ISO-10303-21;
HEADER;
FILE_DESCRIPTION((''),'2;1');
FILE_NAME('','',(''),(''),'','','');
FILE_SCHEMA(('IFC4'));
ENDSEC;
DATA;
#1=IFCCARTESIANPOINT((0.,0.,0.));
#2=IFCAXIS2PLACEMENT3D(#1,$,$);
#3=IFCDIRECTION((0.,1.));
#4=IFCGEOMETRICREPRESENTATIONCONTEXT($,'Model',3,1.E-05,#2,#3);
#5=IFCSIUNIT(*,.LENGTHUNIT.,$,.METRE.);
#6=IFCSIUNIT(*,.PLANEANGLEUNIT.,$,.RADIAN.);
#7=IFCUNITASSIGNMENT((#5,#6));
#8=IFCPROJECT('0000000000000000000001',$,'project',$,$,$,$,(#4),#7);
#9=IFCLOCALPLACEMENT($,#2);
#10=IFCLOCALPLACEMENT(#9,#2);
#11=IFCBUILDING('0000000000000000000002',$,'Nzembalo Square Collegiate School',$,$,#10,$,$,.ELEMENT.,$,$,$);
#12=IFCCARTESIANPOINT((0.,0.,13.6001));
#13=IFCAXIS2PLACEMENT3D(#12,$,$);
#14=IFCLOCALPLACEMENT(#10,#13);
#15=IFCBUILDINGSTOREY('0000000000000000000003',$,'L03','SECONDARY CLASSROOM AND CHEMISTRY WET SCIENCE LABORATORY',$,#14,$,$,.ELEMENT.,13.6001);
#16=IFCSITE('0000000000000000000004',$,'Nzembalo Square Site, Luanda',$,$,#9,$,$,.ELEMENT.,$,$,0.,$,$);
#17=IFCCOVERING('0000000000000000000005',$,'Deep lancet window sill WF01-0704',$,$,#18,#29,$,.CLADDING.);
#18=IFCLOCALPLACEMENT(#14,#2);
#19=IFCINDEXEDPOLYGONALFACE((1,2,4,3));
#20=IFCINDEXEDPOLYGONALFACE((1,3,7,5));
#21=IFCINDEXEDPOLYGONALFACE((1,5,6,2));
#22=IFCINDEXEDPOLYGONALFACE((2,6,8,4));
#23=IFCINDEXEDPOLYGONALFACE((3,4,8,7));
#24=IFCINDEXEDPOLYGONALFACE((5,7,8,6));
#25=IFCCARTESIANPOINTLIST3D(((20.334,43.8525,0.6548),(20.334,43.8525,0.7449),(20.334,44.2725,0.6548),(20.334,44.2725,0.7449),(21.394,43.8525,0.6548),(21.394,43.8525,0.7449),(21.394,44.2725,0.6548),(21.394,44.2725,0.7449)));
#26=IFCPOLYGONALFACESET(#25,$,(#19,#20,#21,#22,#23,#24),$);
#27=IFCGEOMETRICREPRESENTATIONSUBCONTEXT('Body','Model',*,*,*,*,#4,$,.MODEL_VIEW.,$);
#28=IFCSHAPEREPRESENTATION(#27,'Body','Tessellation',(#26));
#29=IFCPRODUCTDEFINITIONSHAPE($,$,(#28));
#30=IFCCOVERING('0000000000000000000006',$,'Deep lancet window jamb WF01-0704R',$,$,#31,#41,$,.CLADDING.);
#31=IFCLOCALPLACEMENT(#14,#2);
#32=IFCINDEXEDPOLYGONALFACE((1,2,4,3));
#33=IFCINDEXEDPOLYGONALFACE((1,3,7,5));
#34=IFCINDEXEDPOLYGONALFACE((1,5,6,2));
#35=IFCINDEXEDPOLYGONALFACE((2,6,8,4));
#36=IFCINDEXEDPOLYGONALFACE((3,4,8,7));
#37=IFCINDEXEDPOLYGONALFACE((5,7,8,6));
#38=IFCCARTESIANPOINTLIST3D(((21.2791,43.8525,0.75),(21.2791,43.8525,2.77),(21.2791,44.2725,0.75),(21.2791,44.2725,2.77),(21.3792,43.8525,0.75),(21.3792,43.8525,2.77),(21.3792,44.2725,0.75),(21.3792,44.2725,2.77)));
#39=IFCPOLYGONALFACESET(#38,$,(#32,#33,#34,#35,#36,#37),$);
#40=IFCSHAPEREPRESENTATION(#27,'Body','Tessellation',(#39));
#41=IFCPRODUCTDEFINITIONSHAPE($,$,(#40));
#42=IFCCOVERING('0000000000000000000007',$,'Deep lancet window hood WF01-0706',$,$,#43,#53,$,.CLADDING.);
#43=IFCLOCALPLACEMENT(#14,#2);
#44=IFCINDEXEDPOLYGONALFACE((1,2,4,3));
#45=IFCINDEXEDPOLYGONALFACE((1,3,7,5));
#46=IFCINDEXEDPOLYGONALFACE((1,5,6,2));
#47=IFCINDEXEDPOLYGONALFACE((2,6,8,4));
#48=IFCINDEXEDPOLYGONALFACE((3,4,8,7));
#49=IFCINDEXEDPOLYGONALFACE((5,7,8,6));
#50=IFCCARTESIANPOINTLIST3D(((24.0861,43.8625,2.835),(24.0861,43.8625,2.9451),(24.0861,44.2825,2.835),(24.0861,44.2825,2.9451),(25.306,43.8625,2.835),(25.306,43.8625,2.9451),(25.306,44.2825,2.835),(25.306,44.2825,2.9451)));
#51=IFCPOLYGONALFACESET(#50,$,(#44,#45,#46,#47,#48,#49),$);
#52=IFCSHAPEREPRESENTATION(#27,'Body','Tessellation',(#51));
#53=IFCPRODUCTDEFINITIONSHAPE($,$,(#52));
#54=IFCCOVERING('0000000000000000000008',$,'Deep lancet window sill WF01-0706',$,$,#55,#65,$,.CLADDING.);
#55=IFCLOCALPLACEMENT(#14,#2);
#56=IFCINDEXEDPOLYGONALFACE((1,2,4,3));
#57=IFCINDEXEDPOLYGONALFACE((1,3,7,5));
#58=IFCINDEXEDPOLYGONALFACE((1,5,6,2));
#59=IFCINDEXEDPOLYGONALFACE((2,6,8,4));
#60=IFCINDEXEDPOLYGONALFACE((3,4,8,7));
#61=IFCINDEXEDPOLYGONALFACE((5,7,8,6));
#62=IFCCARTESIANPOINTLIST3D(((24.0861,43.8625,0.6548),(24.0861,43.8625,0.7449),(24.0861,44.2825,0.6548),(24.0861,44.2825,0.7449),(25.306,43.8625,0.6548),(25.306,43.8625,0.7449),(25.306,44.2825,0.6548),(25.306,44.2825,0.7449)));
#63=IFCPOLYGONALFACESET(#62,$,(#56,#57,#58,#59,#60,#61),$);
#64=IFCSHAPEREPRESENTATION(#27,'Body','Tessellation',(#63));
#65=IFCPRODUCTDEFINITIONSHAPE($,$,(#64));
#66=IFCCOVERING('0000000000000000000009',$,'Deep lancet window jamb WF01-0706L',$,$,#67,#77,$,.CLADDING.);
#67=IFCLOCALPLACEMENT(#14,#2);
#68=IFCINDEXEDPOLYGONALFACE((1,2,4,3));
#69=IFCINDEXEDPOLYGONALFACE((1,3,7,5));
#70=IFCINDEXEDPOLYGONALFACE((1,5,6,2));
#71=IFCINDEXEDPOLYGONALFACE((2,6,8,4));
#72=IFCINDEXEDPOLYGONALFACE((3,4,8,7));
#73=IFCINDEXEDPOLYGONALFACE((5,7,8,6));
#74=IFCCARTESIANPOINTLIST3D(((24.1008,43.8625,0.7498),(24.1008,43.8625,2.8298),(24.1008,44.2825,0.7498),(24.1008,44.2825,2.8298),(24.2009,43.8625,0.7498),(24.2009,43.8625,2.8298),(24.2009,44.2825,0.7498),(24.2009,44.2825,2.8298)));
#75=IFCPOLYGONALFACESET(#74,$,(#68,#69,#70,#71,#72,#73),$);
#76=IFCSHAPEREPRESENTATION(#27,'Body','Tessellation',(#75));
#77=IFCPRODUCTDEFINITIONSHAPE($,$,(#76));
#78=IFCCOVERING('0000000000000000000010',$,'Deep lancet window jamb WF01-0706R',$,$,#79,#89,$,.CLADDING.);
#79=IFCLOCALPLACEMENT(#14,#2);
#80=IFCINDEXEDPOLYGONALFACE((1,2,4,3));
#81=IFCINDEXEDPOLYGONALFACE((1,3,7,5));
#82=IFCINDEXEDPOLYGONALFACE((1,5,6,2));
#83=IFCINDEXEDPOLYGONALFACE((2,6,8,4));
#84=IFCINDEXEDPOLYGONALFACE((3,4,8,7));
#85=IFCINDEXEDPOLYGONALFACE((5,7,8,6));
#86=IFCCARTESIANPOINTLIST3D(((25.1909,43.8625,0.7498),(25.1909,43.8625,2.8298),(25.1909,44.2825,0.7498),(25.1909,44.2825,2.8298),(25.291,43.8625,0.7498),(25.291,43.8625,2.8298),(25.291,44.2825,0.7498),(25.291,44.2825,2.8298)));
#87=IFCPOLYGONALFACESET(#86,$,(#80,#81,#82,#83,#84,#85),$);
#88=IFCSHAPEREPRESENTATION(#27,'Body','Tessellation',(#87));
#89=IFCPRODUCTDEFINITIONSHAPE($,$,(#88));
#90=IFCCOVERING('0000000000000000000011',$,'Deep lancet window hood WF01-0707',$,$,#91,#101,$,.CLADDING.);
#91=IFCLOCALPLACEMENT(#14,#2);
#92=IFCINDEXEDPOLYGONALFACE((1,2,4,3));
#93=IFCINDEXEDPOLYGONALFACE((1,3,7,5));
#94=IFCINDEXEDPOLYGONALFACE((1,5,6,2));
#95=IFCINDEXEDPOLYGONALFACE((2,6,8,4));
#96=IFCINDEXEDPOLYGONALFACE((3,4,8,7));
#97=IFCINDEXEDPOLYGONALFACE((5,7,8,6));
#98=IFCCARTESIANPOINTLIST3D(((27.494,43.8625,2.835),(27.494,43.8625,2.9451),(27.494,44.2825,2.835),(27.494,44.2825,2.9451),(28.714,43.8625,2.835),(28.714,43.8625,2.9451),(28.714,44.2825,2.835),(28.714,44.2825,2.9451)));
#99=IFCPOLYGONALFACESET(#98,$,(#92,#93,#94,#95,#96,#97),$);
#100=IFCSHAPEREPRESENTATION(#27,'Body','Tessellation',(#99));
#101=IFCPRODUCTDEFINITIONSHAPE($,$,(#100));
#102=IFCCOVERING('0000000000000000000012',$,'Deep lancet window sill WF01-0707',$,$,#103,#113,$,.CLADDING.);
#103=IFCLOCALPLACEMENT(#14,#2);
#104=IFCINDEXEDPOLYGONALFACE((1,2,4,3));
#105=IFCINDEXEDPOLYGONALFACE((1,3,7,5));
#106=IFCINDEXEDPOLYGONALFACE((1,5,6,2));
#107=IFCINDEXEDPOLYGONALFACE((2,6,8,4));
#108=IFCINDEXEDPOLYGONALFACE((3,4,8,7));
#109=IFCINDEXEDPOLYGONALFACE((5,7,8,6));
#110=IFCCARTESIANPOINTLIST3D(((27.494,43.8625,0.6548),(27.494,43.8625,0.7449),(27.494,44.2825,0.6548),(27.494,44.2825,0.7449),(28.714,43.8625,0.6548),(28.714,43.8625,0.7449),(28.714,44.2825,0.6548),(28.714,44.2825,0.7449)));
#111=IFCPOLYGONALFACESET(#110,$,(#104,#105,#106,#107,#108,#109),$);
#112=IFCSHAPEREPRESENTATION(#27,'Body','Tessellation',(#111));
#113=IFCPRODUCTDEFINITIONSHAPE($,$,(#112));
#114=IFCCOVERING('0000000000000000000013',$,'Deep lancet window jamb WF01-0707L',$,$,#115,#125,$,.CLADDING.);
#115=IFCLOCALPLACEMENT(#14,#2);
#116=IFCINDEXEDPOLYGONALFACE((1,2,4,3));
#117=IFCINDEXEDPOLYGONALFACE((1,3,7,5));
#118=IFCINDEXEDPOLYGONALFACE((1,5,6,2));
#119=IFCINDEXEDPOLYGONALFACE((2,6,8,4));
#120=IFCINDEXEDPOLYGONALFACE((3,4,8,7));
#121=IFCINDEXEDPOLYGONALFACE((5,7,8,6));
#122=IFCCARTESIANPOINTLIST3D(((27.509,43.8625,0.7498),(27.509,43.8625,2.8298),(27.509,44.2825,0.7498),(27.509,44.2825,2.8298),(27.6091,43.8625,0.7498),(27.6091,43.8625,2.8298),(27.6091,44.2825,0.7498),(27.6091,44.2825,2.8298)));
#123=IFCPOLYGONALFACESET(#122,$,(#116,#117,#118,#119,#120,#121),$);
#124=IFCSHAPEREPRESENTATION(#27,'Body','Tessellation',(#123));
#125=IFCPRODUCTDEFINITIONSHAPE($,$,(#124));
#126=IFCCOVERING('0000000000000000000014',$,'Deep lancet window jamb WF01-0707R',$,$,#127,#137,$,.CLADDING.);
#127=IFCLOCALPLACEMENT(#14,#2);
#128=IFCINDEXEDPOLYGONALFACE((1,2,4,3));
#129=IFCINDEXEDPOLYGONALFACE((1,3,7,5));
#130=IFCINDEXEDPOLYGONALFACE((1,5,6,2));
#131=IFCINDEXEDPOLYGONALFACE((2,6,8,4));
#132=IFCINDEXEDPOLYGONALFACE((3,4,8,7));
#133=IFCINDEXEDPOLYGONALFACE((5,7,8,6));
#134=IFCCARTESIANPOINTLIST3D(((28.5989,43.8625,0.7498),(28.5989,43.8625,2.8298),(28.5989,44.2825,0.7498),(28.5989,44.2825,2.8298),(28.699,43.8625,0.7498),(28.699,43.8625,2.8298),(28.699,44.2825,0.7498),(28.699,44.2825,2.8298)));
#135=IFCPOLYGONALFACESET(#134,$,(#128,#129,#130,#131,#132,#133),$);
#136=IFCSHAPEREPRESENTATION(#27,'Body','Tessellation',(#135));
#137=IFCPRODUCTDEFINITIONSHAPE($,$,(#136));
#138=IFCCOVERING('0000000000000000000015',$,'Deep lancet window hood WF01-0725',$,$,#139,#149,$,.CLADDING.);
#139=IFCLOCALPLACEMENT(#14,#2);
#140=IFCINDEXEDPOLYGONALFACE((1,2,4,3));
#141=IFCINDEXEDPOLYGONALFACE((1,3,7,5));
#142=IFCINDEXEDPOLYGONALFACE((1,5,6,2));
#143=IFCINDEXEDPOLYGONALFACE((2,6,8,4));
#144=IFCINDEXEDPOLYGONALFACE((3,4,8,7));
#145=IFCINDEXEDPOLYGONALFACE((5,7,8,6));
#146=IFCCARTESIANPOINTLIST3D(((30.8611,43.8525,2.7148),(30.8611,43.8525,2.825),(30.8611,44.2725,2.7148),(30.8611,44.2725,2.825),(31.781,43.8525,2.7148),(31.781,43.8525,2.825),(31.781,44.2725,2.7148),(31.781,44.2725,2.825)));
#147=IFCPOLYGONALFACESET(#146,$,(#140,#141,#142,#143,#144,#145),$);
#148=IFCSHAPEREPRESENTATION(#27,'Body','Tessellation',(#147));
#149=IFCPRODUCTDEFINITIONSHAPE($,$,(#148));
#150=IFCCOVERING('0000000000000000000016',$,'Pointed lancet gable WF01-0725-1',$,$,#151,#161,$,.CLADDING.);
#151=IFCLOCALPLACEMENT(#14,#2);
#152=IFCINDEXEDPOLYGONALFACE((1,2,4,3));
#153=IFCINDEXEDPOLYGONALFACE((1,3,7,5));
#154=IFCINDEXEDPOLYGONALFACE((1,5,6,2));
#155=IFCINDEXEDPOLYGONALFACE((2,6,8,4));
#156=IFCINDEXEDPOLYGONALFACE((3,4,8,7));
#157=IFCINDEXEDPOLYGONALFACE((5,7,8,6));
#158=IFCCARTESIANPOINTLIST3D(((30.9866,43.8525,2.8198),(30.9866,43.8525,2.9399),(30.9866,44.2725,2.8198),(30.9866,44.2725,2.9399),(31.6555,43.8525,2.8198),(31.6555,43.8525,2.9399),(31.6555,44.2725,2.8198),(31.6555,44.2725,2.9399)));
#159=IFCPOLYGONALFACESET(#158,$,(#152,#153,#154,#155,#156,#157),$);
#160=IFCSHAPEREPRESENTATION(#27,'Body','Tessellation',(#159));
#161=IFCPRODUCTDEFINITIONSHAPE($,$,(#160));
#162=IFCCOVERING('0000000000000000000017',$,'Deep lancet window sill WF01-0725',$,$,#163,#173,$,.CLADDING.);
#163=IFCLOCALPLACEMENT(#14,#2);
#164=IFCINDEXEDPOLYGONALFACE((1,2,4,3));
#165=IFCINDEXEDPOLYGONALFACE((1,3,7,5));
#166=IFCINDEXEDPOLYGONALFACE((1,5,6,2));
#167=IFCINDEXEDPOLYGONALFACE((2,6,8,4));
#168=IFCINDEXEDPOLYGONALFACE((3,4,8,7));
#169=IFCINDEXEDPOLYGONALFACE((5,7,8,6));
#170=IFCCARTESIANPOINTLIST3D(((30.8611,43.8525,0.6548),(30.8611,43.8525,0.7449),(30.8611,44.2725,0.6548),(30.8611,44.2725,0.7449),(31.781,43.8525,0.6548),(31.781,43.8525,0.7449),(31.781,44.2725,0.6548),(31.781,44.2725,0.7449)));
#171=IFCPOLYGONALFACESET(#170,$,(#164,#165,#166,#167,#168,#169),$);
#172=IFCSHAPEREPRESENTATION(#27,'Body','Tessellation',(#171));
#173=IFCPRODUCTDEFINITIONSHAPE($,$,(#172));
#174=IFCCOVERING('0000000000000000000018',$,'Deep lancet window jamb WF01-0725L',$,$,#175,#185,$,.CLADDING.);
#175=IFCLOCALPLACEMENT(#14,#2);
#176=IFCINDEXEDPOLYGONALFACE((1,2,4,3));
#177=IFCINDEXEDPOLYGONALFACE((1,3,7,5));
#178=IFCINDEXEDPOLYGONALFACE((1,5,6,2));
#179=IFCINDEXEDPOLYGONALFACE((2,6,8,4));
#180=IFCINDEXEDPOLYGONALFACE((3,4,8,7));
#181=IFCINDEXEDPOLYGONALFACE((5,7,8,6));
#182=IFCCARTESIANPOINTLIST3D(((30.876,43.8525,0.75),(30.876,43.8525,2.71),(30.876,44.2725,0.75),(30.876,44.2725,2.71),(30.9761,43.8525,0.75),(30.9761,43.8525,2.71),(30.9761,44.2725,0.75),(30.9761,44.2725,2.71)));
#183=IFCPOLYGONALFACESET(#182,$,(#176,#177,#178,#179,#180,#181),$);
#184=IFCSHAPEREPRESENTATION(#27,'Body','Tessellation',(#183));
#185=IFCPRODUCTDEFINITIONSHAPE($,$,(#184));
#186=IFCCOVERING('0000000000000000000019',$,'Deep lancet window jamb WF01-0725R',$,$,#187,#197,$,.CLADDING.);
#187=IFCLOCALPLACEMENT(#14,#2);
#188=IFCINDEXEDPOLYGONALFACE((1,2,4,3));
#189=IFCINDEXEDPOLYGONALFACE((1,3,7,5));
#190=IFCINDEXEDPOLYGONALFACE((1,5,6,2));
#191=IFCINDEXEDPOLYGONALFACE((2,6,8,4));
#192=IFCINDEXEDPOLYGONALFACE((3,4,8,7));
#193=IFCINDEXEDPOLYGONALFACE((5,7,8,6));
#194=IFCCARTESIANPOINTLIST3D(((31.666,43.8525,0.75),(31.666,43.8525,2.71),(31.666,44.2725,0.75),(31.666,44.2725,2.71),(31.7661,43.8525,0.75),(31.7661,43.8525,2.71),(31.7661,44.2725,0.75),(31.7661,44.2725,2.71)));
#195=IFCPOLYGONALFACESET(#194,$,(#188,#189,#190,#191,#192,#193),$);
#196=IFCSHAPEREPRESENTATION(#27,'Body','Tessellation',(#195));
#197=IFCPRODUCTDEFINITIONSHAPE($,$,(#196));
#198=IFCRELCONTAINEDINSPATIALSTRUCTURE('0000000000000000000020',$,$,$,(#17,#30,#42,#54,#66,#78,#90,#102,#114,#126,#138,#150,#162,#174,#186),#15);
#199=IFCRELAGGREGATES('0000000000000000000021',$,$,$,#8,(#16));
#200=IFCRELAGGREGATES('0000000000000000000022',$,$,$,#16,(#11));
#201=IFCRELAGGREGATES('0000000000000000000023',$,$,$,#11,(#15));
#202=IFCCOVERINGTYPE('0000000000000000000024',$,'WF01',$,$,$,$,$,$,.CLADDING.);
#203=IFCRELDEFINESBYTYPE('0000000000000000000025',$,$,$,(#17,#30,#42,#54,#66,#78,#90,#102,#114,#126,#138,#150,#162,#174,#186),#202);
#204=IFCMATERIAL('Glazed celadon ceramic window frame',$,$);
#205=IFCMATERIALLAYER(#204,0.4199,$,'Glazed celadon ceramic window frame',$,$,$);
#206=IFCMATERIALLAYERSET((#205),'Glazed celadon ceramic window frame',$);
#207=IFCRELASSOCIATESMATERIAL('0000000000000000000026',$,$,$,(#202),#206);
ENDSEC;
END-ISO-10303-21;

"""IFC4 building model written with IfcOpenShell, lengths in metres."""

from ifc_helpers import new_model, si_unit, direction, frame, origin, origin_2d, place, context, subcontext, project, spatial, rectangle, extrude, material, layer, layer_set, type_object, element, save


model = new_model("IFC4")

# Units and contexts
model_context = context("Model", 3, precision=1e-05, world=origin(), true_north=direction((0.0, 1.0)))
body_context = subcontext(model_context, "Body", "Model", "MODEL_VIEW")
ifc_project = project(units=[si_unit("LENGTHUNIT", "METRE"), si_unit("PLANEANGLEUNIT", "RADIAN")], contexts=[model_context])

# Site, building, storey
site_placement = place(None, origin())
site = spatial("IfcSite", under=ifc_project, at=site_placement, Name="Nzembalo Square Site, Luanda", CompositionType="ELEMENT", RefElevation=0.0)
building_placement = place(site_placement, origin())
building = spatial("IfcBuilding", under=site, at=building_placement, Name="Nzembalo Square Collegiate School", CompositionType="ELEMENT")
storey_placement = place(building_placement, frame((0.0, 0.0, 13.6001)))
storey = spatial("IfcBuildingStorey", under=building, at=storey_placement, Name="L03", Description="SECONDARY CLASSROOM AND CHEMISTRY WET SCIENCE LABORATORY", CompositionType="ELEMENT", Elevation=13.6001)

# Coverings
ifc_material = material(Name="Glazed celadon ceramic window frame")
ifc_layer = layer(ifc_material, 0.4199, Name="Glazed celadon ceramic window frame")
ifc_layer_set = layer_set([ifc_layer], Name="Glazed celadon ceramic window frame")
covering_type = type_object("IfcCoveringType", Name="WF01", PredefinedType="CLADDING", material=ifc_layer_set)
covering_1_placement = place(storey_placement, frame((20.864, 44.0625, 0.6548), z_axis=(0.0, 0.0, 1.0), x_axis=(1.0, 0.0, 0.0)))
element("IfcCovering", 1, at=covering_1_placement, inside=storey, type_object=covering_type, Name="Deep lancet window sill WF01-0704", PredefinedType="CLADDING", context=body_context, shape_type="SweptSolid", body=[
    extrude(rectangle(XDim=1.0601, YDim=0.4199, at=origin_2d()), origin(), (0.0, 0.0, 1.0), 0.0901),
])
covering_2_placement = place(storey_placement, frame((21.3291, 44.0625, 0.75), z_axis=(0.0, 0.0, 1.0), x_axis=(1.0, 0.0, 0.0)))
element("IfcCovering", 2, at=covering_2_placement, inside=storey, type_object=covering_type, Name="Deep lancet window jamb WF01-0704R", PredefinedType="CLADDING", context=body_context, shape_type="SweptSolid", body=[
    extrude(rectangle(XDim=0.1001, YDim=0.4199, at=origin_2d()), origin(), (0.0, 0.0, 1.0), 2.02),
])
covering_3_placement = place(storey_placement, frame((24.696, 44.0725, 2.835), z_axis=(0.0, 0.0, 1.0), x_axis=(1.0, 0.0, 0.0)))
element("IfcCovering", 3, at=covering_3_placement, inside=storey, type_object=covering_type, Name="Deep lancet window hood WF01-0706", PredefinedType="CLADDING", context=body_context, shape_type="SweptSolid", body=[
    extrude(rectangle(XDim=1.22, YDim=0.4199, at=origin_2d()), origin(), (0.0, 0.0, 1.0), 0.1101),
])
covering_4_placement = place(storey_placement, frame((24.696, 44.0725, 0.6548), z_axis=(0.0, 0.0, 1.0), x_axis=(1.0, 0.0, 0.0)))
element("IfcCovering", 4, at=covering_4_placement, inside=storey, type_object=covering_type, Name="Deep lancet window sill WF01-0706", PredefinedType="CLADDING", context=body_context, shape_type="SweptSolid", body=[
    extrude(rectangle(XDim=1.22, YDim=0.4199, at=origin_2d()), origin(), (0.0, 0.0, 1.0), 0.0901),
])
for number, where, z_axis, x_axis, name in (
    (5, (24.1509, 44.0725, 0.7498), (0.0, 0.0, 1.0), (1.0, 0.0, 0.0), "Deep lancet window jamb WF01-0706L"),
    (6, (25.241, 44.0725, 0.7498), (0.0, 0.0, 1.0), (1.0, 0.0, 0.0), "Deep lancet window jamb WF01-0706R"),
):
    element("IfcCovering", number, at=place(storey_placement, frame(where, z_axis=z_axis, x_axis=x_axis)), inside=storey, type_object=covering_type, Name=name, PredefinedType="CLADDING", context=body_context, shape_type="SweptSolid", body=[
        extrude(rectangle(XDim=0.1001, YDim=0.4199, at=origin_2d()), origin(), (0.0, 0.0, 1.0), 2.0801),
    ])
covering_5_placement = place(storey_placement, frame((28.104, 44.0725, 2.835), z_axis=(0.0, 0.0, 1.0), x_axis=(1.0, 0.0, 0.0)))
element("IfcCovering", 7, at=covering_5_placement, inside=storey, type_object=covering_type, Name="Deep lancet window hood WF01-0707", PredefinedType="CLADDING", context=body_context, shape_type="SweptSolid", body=[
    extrude(rectangle(XDim=1.22, YDim=0.4199, at=origin_2d()), origin(), (0.0, 0.0, 1.0), 0.1101),
])
covering_6_placement = place(storey_placement, frame((28.104, 44.0725, 0.6548), z_axis=(0.0, 0.0, 1.0), x_axis=(1.0, 0.0, 0.0)))
element("IfcCovering", 8, at=covering_6_placement, inside=storey, type_object=covering_type, Name="Deep lancet window sill WF01-0707", PredefinedType="CLADDING", context=body_context, shape_type="SweptSolid", body=[
    extrude(rectangle(XDim=1.22, YDim=0.4199, at=origin_2d()), origin(), (0.0, 0.0, 1.0), 0.0901),
])
for number, where, z_axis, x_axis, name in (
    (9, (27.5591, 44.0725, 0.7498), (0.0, 0.0, 1.0), (1.0, 0.0, 0.0), "Deep lancet window jamb WF01-0707L"),
    (10, (28.6489, 44.0725, 0.7498), (0.0, 0.0, 1.0), (1.0, 0.0, 0.0), "Deep lancet window jamb WF01-0707R"),
):
    element("IfcCovering", number, at=place(storey_placement, frame(where, z_axis=z_axis, x_axis=x_axis)), inside=storey, type_object=covering_type, Name=name, PredefinedType="CLADDING", context=body_context, shape_type="SweptSolid", body=[
        extrude(rectangle(XDim=0.1001, YDim=0.4199, at=origin_2d()), origin(), (0.0, 0.0, 1.0), 2.0801),
    ])
covering_7_placement = place(storey_placement, frame((31.321, 44.0625, 2.7148), z_axis=(0.0, 0.0, 1.0), x_axis=(1.0, 0.0, 0.0)))
element("IfcCovering", 11, at=covering_7_placement, inside=storey, type_object=covering_type, Name="Deep lancet window hood WF01-0725", PredefinedType="CLADDING", context=body_context, shape_type="SweptSolid", body=[
    extrude(rectangle(XDim=0.9199, YDim=0.4199, at=origin_2d()), origin(), (0.0, 0.0, 1.0), 0.1101),
])
covering_8_placement = place(storey_placement, frame((31.321, 44.0625, 2.8198), z_axis=(0.0, 0.0, 1.0), x_axis=(1.0, 0.0, 0.0)))
element("IfcCovering", 12, at=covering_8_placement, inside=storey, type_object=covering_type, Name="Pointed lancet gable WF01-0725-1", PredefinedType="CLADDING", context=body_context, shape_type="SweptSolid", body=[
    extrude(rectangle(XDim=0.6689, YDim=0.4199, at=origin_2d()), origin(), (0.0, 0.0, 1.0), 0.1201),
])
covering_9_placement = place(storey_placement, frame((31.321, 44.0625, 0.6548), z_axis=(0.0, 0.0, 1.0), x_axis=(1.0, 0.0, 0.0)))
element("IfcCovering", 13, at=covering_9_placement, inside=storey, type_object=covering_type, Name="Deep lancet window sill WF01-0725", PredefinedType="CLADDING", context=body_context, shape_type="SweptSolid", body=[
    extrude(rectangle(XDim=0.9199, YDim=0.4199, at=origin_2d()), origin(), (0.0, 0.0, 1.0), 0.0901),
])
for number, where, z_axis, x_axis, name in (
    (14, (30.926, 44.0625, 0.75), (0.0, 0.0, 1.0), (1.0, 0.0, 0.0), "Deep lancet window jamb WF01-0725L"),
    (15, (31.7161, 44.0625, 0.75), (0.0, 0.0, 1.0), (1.0, 0.0, 0.0), "Deep lancet window jamb WF01-0725R"),
):
    element("IfcCovering", number, at=place(storey_placement, frame(where, z_axis=z_axis, x_axis=x_axis)), inside=storey, type_object=covering_type, Name=name, PredefinedType="CLADDING", context=body_context, shape_type="SweptSolid", body=[
        extrude(rectangle(XDim=0.1001, YDim=0.4199, at=origin_2d()), origin(), (0.0, 0.0, 1.0), 1.96),
    ])

save(model, "model.ifc")
